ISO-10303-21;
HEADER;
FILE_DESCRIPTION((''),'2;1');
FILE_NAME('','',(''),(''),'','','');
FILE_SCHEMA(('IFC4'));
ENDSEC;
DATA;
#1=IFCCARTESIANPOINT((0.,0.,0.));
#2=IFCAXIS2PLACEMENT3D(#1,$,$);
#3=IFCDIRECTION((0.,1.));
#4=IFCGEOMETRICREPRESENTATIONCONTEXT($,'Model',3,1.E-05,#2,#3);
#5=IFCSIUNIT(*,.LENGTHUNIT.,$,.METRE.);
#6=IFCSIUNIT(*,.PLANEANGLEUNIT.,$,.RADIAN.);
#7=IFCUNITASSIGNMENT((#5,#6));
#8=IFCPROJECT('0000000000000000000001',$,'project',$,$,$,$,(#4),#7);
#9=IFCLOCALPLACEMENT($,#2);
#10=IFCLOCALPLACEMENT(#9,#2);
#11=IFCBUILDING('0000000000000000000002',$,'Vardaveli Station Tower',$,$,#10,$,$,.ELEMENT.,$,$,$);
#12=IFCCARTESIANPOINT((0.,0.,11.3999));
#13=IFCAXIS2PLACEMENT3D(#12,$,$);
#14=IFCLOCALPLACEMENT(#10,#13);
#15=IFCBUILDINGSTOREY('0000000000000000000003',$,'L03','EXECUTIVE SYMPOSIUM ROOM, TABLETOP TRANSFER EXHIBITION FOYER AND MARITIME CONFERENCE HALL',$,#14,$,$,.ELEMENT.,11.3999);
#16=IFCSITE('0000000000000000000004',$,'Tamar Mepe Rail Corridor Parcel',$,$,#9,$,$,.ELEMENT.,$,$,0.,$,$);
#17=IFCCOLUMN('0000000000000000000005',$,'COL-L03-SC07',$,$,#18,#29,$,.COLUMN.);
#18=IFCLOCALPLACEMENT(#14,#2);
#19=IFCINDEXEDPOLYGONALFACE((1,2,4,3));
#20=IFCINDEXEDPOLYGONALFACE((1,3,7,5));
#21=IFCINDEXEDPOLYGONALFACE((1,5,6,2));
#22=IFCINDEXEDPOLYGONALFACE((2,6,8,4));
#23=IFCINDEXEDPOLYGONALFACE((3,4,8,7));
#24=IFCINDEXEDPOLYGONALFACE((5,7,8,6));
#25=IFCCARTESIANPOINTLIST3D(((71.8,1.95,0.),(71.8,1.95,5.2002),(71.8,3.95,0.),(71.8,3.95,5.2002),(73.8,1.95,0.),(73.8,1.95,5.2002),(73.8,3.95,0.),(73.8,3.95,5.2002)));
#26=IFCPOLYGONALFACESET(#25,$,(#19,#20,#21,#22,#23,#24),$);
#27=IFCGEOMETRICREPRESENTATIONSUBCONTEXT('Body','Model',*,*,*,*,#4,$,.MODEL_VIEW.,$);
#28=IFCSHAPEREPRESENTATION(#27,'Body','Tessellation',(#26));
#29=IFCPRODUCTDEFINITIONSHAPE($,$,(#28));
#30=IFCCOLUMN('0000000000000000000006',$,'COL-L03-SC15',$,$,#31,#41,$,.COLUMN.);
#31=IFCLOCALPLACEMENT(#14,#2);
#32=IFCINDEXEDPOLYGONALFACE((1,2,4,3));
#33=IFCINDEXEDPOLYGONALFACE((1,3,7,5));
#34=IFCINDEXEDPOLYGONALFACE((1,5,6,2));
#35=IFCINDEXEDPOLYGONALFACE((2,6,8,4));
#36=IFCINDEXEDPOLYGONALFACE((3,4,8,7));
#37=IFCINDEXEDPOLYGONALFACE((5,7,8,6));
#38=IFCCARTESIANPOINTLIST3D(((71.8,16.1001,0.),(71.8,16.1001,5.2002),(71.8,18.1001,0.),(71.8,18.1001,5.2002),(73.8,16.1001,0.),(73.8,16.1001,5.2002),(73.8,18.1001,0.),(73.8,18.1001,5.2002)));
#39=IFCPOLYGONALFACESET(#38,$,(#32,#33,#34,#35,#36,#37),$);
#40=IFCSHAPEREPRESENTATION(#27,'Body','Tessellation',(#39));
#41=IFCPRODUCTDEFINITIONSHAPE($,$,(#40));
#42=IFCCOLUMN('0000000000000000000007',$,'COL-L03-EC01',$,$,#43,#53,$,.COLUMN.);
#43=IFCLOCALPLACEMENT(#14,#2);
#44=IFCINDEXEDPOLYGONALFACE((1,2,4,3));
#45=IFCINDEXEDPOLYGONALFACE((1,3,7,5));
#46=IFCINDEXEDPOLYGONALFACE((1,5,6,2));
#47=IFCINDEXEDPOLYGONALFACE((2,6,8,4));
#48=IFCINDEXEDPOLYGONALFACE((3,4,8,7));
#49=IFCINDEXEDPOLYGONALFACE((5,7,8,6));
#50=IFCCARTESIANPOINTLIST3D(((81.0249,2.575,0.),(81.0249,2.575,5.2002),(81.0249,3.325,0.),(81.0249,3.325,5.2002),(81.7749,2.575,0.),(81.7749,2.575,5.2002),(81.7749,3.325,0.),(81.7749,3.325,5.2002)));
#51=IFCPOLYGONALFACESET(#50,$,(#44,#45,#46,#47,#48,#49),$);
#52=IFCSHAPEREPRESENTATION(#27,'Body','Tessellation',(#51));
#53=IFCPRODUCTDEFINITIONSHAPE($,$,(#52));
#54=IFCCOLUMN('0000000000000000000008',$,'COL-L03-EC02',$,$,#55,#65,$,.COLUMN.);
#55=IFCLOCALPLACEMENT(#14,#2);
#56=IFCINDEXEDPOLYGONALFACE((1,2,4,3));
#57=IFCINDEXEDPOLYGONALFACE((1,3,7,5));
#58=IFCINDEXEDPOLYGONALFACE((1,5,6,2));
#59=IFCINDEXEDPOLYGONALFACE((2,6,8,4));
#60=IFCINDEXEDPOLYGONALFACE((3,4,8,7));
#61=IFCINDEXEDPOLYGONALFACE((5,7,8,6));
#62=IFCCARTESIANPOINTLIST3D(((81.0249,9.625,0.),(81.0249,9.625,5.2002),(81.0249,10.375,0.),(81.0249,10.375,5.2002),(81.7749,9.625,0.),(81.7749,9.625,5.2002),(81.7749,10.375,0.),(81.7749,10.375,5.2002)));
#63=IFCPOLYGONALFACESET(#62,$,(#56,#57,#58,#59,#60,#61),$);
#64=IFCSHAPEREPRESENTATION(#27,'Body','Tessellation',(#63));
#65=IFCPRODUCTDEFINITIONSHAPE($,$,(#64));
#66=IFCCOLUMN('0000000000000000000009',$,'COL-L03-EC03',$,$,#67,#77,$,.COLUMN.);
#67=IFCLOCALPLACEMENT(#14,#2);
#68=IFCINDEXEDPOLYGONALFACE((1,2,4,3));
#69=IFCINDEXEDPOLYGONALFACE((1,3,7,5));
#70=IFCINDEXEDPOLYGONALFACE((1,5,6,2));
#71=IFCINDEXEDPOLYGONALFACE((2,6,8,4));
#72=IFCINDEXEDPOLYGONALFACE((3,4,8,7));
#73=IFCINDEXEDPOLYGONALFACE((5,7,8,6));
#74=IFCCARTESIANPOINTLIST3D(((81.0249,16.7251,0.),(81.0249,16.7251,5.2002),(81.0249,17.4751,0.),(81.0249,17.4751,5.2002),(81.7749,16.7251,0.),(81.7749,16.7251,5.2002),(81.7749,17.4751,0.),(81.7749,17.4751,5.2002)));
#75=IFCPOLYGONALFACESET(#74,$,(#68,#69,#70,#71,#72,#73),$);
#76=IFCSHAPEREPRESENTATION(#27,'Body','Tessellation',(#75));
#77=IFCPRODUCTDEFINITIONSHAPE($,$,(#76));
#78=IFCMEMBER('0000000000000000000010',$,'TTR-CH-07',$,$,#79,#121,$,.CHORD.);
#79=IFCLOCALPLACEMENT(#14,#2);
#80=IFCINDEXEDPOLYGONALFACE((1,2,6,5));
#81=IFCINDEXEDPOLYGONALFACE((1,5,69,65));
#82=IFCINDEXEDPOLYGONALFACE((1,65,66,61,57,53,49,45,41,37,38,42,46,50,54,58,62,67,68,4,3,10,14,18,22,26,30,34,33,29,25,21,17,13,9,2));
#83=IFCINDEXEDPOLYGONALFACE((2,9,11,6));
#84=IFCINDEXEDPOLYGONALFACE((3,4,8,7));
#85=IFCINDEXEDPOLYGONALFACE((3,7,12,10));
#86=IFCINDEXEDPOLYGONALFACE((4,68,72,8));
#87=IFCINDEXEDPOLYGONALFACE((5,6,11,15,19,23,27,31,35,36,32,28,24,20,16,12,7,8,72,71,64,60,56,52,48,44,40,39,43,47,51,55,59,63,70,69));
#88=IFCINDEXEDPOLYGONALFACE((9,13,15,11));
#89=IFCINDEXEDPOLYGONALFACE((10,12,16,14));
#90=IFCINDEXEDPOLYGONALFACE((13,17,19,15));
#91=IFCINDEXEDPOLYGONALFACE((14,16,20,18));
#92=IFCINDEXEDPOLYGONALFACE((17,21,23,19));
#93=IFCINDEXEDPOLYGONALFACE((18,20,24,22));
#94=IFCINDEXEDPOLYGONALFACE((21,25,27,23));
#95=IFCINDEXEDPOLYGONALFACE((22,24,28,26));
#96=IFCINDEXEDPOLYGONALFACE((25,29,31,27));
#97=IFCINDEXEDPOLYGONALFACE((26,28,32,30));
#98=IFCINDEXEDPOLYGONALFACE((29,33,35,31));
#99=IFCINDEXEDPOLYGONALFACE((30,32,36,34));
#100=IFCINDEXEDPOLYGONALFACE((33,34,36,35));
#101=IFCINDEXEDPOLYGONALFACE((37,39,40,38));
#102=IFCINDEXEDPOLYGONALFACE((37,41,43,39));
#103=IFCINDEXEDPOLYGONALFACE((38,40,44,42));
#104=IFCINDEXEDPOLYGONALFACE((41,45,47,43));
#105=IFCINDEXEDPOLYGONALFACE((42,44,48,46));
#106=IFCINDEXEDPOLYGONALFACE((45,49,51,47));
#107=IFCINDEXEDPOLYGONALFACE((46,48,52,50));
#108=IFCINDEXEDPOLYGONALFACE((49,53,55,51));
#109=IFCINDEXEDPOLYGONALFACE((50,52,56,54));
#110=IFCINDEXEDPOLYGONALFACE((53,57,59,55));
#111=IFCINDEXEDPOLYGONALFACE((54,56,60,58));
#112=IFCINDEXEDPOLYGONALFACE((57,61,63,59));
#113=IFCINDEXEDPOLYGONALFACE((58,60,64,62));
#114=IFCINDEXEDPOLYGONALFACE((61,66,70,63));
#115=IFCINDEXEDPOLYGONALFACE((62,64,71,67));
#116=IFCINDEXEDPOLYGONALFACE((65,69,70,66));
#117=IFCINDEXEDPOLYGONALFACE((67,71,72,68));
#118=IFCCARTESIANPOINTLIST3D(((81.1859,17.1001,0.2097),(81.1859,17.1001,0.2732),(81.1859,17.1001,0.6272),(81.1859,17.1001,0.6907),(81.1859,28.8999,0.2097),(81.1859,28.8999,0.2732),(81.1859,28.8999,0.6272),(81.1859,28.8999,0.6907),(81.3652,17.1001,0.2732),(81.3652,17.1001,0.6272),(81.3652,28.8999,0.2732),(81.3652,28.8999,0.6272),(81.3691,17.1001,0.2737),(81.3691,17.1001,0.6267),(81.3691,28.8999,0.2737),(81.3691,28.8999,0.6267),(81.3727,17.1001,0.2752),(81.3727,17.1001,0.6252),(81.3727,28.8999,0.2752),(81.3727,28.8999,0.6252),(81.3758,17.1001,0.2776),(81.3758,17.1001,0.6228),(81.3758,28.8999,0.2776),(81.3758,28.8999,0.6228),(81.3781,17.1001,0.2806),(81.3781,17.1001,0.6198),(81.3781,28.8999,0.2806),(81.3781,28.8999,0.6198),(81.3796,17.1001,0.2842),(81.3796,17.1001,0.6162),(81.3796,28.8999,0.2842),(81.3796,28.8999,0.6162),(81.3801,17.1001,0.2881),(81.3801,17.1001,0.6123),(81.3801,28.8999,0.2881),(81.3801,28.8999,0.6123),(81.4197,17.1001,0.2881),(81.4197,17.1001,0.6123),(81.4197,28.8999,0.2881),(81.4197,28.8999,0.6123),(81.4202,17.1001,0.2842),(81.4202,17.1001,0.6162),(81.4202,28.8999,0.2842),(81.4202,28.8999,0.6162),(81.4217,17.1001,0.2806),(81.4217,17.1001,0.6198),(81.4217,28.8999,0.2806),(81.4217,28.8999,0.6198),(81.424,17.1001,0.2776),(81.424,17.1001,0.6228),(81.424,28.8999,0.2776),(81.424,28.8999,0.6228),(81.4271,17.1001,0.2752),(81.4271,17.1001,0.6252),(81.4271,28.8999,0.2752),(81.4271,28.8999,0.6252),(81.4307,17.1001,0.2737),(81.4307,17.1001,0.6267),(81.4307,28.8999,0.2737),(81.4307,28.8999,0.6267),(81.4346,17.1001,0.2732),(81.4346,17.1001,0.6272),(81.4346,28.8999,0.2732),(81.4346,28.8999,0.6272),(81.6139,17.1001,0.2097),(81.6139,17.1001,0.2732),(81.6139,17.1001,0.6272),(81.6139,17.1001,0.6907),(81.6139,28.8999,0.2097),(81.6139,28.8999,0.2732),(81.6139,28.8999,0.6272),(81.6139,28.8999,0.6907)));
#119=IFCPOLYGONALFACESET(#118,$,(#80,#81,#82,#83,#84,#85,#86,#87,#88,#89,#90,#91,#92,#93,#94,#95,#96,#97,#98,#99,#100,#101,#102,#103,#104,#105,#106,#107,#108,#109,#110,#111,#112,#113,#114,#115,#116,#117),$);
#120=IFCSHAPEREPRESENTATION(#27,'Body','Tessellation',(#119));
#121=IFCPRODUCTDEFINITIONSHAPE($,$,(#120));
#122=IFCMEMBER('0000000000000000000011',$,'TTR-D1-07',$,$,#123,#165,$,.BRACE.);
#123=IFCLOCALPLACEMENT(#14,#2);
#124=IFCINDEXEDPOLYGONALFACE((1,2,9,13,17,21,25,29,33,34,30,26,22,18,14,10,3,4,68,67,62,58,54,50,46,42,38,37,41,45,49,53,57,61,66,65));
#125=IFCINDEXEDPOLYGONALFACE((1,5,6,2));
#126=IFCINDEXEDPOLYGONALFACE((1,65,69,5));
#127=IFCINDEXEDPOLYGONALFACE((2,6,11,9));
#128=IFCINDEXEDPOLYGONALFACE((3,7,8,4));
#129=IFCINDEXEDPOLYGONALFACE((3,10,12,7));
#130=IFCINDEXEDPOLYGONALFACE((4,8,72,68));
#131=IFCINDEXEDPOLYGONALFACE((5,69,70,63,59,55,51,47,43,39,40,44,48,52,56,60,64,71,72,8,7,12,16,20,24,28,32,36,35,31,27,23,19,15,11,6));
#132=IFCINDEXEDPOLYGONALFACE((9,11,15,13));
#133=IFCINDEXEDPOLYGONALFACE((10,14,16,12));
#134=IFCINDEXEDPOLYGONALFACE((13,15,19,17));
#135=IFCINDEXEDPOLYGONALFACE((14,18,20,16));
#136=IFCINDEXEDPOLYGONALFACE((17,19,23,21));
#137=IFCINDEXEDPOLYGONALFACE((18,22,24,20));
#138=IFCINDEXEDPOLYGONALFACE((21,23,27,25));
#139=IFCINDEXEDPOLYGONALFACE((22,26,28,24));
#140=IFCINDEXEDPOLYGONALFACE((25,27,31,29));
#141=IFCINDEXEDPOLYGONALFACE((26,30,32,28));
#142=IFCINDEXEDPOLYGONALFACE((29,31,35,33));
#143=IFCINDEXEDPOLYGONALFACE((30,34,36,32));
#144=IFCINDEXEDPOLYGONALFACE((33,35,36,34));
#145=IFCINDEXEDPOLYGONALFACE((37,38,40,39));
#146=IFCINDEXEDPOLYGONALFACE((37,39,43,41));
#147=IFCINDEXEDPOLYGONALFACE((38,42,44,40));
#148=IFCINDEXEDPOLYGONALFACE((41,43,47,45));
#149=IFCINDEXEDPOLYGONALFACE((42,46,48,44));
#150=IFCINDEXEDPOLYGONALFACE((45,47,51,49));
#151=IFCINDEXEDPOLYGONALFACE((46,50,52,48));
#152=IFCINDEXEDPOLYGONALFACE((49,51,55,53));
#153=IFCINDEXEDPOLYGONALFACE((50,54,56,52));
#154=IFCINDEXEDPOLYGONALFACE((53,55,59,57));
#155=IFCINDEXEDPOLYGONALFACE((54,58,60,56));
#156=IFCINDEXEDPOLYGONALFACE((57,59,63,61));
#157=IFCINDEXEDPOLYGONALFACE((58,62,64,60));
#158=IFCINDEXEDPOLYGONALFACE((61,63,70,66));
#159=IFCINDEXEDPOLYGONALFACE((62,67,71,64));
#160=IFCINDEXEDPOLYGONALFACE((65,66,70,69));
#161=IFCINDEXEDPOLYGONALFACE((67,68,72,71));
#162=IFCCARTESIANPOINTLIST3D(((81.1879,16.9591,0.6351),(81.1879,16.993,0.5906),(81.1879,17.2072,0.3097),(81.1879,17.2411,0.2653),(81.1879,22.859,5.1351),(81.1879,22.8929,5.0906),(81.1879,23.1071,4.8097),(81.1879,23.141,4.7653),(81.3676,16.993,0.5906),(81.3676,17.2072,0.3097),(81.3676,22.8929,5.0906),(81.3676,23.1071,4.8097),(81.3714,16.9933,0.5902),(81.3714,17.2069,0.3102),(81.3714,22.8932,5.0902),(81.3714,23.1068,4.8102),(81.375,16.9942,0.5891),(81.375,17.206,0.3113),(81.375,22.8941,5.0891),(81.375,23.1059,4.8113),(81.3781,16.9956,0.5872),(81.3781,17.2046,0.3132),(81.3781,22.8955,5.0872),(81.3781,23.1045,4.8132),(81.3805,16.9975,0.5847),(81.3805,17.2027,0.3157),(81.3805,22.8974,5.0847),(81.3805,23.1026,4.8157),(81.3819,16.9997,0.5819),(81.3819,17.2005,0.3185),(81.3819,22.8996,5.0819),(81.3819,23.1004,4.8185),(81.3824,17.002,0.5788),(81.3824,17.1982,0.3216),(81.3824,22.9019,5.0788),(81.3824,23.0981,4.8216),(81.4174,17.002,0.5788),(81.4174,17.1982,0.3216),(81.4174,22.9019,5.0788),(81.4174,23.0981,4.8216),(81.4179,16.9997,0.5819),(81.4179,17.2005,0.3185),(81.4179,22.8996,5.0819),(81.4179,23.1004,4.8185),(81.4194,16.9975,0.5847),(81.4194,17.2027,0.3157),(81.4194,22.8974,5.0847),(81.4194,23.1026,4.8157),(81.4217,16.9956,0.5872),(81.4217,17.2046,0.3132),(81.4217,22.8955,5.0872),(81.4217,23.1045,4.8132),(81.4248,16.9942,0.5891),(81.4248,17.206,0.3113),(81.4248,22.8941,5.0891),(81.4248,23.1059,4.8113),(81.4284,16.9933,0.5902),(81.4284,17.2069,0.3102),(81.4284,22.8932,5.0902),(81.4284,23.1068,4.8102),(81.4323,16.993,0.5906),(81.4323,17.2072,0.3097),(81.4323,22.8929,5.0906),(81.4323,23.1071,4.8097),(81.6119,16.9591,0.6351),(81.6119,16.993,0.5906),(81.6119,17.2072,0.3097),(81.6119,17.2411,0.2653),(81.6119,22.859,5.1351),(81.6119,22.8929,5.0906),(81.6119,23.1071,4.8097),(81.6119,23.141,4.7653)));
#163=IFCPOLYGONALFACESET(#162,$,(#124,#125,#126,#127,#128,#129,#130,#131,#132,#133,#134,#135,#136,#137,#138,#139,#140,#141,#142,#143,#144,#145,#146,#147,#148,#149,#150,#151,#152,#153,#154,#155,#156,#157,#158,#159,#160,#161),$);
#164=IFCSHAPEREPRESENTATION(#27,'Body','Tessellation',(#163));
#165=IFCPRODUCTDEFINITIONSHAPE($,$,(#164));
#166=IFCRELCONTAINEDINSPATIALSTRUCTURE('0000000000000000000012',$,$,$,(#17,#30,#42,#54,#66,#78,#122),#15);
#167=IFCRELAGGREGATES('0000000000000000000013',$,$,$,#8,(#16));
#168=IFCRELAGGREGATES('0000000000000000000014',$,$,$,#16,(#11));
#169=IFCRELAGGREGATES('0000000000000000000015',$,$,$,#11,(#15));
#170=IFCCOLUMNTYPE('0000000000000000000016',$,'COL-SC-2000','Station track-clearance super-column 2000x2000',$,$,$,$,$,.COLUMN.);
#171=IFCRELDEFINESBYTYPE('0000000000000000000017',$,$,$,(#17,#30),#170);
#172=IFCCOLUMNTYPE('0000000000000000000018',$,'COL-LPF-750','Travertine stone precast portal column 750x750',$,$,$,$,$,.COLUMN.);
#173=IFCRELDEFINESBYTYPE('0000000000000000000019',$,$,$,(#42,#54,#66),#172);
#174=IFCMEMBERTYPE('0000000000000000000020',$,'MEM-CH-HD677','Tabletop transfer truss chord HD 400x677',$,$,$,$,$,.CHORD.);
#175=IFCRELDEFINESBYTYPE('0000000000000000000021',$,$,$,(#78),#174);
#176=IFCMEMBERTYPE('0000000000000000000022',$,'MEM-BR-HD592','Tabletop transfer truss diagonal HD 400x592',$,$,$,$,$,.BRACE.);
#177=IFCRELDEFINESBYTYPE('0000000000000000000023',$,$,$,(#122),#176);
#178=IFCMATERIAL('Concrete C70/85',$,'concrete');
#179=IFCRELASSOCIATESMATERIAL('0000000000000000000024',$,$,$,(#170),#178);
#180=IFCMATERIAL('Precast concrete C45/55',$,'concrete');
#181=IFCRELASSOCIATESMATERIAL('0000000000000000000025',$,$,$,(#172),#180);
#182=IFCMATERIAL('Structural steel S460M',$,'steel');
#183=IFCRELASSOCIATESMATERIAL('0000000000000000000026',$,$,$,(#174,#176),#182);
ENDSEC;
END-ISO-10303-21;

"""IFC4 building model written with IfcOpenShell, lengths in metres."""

from ifc_helpers import new_model, si_unit, direction, frame, origin, origin_2d, place, context, subcontext, project, spatial, rectangle, i_section, extrude, source, transform, mapped, material, material_profile, profile_set, type_object, element, save


model = new_model("IFC4")

# Units and contexts
model_context = context("Model", 3, precision=1e-05, world=origin(), true_north=direction((0.0, 1.0)))
body_context = subcontext(model_context, "Body", "Model", "MODEL_VIEW")
ifc_project = project(units=[si_unit("LENGTHUNIT", "METRE"), si_unit("PLANEANGLEUNIT", "RADIAN")], contexts=[model_context])

# Site, building, storey
site_placement = place(None, origin())
site = spatial("IfcSite", under=ifc_project, at=site_placement, Name="Tamar Mepe Rail Corridor Parcel", CompositionType="ELEMENT", RefElevation=0.0)
building_placement = place(site_placement, origin())
building = spatial("IfcBuilding", under=site, at=building_placement, Name="Vardaveli Station Tower", CompositionType="ELEMENT")
storey_placement = place(building_placement, frame((0.0, 0.0, 11.3999)))
storey = spatial("IfcBuildingStorey", under=building, at=storey_placement, Name="L03", Description="EXECUTIVE SYMPOSIUM ROOM, TABLETOP TRANSFER EXHIBITION FOYER AND MARITIME CONFERENCE HALL", CompositionType="ELEMENT", Elevation=11.3999)

# Columns
ifc_material_1 = material(Name="Concrete C70/85", Category="concrete")
ifc_material_profile_1 = material_profile(ifc_material_1, rectangle(XDim=2.0, YDim=2.0, at=origin_2d()), Name="SC 2000x2000")
ifc_profile_set_1 = profile_set([ifc_material_profile_1], Name="Concrete C70/85")
column_type_1 = type_object("IfcColumnType", Name="COL-SC-2000", Description="Station track-clearance super-column 2000x2000", PredefinedType="COLUMN", material=ifc_profile_set_1)
shared_shape_1 = source(origin(), body_context, "Body", "SweptSolid", [
    extrude(rectangle(XDim=2.0, YDim=2.0, at=origin_2d()), origin(), (0.0, 0.0, 1.0), 5.2002),
])
for number, where, z_axis, x_axis, name in (
    (1, (72.8, 2.95, 0.0), (0.0, 0.0, 1.0), (1.0, 0.0, 0.0), "COL-L03-SC07"),
    (2, (72.8, 17.1001, 0.0), (0.0, 0.0, 1.0), (1.0, 0.0, 0.0), "COL-L03-SC15"),
):
    element("IfcColumn", number, at=place(storey_placement, frame(where, z_axis=z_axis, x_axis=x_axis)), inside=storey, type_object=column_type_1, Name=name, PredefinedType="COLUMN", context=body_context, shape_type="MappedRepresentation", body=[
        mapped(shared_shape_1, transform((0.0, 0.0, 0.0), scale=1.0)),
    ])
ifc_material_2 = material(Name="Precast concrete C45/55", Category="concrete")
ifc_material_profile_2 = material_profile(ifc_material_2, rectangle(XDim=0.75, YDim=0.75, at=origin_2d()), Name="LPF 750x750")
ifc_profile_set_2 = profile_set([ifc_material_profile_2], Name="Precast concrete C45/55")
column_type_2 = type_object("IfcColumnType", Name="COL-LPF-750", Description="Travertine stone precast portal column 750x750", PredefinedType="COLUMN", material=ifc_profile_set_2)
shared_shape_2 = source(origin(), body_context, "Body", "SweptSolid", [
    extrude(rectangle(XDim=0.75, YDim=0.75, at=origin_2d()), origin(), (0.0, 0.0, 1.0), 5.2002),
])
for number, where, z_axis, x_axis, name in (
    (3, (81.3999, 2.95, 0.0), (0.0, 0.0, 1.0), (1.0, 0.0, 0.0), "COL-L03-EC01"),
    (4, (81.3999, 10.0, 0.0), (0.0, 0.0, 1.0), (1.0, 0.0, 0.0), "COL-L03-EC02"),
    (5, (81.3999, 17.1001, 0.0), (0.0, 0.0, 1.0), (1.0, 0.0, 0.0), "COL-L03-EC03"),
):
    element("IfcColumn", number, at=place(storey_placement, frame(where, z_axis=z_axis, x_axis=x_axis)), inside=storey, type_object=column_type_2, Name=name, PredefinedType="COLUMN", context=body_context, shape_type="MappedRepresentation", body=[
        mapped(shared_shape_2, transform((0.0, 0.0, 0.0), scale=1.0)),
    ])

# Members
ifc_material_3 = material(Name="Structural steel S460M", Category="steel")
ifc_material_profile_3 = material_profile(ifc_material_3, i_section(OverallWidth=0.428, OverallDepth=0.481, WebThickness=0.0396, FlangeThickness=0.0635, FilletRadius=0.0149, at=origin_2d()), Name="HD 400x677")
ifc_profile_set_3 = profile_set([ifc_material_profile_3], Name="Structural steel S460M")
member_type_1 = type_object("IfcMemberType", Name="MEM-CH-HD677", Description="Tabletop transfer truss chord HD 400x677", PredefinedType="CHORD", material=ifc_profile_set_3)
shared_shape_3 = source(origin(), body_context, "Body", "SweptSolid", [
    extrude(i_section(OverallWidth=0.428, OverallDepth=0.481, WebThickness=0.0396, FlangeThickness=0.0635, FilletRadius=0.0149, at=origin_2d()), origin(), (0.0, 0.0, 1.0), 11.7998),
])
member_1_placement = place(storey_placement, frame((81.3999, 17.1001, 0.4502), z_axis=(0.0, 1.0, 0.0), x_axis=(-1.0, 0.0, 0.0)))
element("IfcMember", 6, at=member_1_placement, inside=storey, type_object=member_type_1, Name="TTR-CH-07", PredefinedType="CHORD", context=body_context, shape_type="MappedRepresentation", body=[
    mapped(shared_shape_3, transform((0.0, 0.0, 0.0), scale=1.0)),
])
ifc_material_profile_4 = material_profile(ifc_material_3, i_section(OverallWidth=0.4241, OverallDepth=0.4651, WebThickness=0.0349, FlangeThickness=0.0559, FilletRadius=0.0149, at=origin_2d()), Name="HD 400x592")
ifc_profile_set_4 = profile_set([ifc_material_profile_4], Name="Structural steel S460M")
member_type_2 = type_object("IfcMemberType", Name="MEM-BR-HD592", Description="Tabletop transfer truss diagonal HD 400x592", PredefinedType="BRACE", material=ifc_profile_set_4)
shared_shape_4 = source(origin(), body_context, "Body", "SweptSolid", [
    extrude(i_section(OverallWidth=0.4241, OverallDepth=0.4651, WebThickness=0.0349, FlangeThickness=0.0559, FilletRadius=0.0149, at=origin_2d()), origin(), (0.0, 0.0, 1.0), 7.4202),
])
member_2_placement = place(storey_placement, frame((81.3999, 17.1001, 0.4502), z_axis=(0.0, 0.795117, 0.606456), x_axis=(-1.0, 0.0, 0.0)))
element("IfcMember", 7, at=member_2_placement, inside=storey, type_object=member_type_2, Name="TTR-D1-07", PredefinedType="BRACE", context=body_context, shape_type="MappedRepresentation", body=[
    mapped(shared_shape_4, transform((0.0, 0.0, 0.0), scale=1.0)),
])

save(model, "model.ifc")
